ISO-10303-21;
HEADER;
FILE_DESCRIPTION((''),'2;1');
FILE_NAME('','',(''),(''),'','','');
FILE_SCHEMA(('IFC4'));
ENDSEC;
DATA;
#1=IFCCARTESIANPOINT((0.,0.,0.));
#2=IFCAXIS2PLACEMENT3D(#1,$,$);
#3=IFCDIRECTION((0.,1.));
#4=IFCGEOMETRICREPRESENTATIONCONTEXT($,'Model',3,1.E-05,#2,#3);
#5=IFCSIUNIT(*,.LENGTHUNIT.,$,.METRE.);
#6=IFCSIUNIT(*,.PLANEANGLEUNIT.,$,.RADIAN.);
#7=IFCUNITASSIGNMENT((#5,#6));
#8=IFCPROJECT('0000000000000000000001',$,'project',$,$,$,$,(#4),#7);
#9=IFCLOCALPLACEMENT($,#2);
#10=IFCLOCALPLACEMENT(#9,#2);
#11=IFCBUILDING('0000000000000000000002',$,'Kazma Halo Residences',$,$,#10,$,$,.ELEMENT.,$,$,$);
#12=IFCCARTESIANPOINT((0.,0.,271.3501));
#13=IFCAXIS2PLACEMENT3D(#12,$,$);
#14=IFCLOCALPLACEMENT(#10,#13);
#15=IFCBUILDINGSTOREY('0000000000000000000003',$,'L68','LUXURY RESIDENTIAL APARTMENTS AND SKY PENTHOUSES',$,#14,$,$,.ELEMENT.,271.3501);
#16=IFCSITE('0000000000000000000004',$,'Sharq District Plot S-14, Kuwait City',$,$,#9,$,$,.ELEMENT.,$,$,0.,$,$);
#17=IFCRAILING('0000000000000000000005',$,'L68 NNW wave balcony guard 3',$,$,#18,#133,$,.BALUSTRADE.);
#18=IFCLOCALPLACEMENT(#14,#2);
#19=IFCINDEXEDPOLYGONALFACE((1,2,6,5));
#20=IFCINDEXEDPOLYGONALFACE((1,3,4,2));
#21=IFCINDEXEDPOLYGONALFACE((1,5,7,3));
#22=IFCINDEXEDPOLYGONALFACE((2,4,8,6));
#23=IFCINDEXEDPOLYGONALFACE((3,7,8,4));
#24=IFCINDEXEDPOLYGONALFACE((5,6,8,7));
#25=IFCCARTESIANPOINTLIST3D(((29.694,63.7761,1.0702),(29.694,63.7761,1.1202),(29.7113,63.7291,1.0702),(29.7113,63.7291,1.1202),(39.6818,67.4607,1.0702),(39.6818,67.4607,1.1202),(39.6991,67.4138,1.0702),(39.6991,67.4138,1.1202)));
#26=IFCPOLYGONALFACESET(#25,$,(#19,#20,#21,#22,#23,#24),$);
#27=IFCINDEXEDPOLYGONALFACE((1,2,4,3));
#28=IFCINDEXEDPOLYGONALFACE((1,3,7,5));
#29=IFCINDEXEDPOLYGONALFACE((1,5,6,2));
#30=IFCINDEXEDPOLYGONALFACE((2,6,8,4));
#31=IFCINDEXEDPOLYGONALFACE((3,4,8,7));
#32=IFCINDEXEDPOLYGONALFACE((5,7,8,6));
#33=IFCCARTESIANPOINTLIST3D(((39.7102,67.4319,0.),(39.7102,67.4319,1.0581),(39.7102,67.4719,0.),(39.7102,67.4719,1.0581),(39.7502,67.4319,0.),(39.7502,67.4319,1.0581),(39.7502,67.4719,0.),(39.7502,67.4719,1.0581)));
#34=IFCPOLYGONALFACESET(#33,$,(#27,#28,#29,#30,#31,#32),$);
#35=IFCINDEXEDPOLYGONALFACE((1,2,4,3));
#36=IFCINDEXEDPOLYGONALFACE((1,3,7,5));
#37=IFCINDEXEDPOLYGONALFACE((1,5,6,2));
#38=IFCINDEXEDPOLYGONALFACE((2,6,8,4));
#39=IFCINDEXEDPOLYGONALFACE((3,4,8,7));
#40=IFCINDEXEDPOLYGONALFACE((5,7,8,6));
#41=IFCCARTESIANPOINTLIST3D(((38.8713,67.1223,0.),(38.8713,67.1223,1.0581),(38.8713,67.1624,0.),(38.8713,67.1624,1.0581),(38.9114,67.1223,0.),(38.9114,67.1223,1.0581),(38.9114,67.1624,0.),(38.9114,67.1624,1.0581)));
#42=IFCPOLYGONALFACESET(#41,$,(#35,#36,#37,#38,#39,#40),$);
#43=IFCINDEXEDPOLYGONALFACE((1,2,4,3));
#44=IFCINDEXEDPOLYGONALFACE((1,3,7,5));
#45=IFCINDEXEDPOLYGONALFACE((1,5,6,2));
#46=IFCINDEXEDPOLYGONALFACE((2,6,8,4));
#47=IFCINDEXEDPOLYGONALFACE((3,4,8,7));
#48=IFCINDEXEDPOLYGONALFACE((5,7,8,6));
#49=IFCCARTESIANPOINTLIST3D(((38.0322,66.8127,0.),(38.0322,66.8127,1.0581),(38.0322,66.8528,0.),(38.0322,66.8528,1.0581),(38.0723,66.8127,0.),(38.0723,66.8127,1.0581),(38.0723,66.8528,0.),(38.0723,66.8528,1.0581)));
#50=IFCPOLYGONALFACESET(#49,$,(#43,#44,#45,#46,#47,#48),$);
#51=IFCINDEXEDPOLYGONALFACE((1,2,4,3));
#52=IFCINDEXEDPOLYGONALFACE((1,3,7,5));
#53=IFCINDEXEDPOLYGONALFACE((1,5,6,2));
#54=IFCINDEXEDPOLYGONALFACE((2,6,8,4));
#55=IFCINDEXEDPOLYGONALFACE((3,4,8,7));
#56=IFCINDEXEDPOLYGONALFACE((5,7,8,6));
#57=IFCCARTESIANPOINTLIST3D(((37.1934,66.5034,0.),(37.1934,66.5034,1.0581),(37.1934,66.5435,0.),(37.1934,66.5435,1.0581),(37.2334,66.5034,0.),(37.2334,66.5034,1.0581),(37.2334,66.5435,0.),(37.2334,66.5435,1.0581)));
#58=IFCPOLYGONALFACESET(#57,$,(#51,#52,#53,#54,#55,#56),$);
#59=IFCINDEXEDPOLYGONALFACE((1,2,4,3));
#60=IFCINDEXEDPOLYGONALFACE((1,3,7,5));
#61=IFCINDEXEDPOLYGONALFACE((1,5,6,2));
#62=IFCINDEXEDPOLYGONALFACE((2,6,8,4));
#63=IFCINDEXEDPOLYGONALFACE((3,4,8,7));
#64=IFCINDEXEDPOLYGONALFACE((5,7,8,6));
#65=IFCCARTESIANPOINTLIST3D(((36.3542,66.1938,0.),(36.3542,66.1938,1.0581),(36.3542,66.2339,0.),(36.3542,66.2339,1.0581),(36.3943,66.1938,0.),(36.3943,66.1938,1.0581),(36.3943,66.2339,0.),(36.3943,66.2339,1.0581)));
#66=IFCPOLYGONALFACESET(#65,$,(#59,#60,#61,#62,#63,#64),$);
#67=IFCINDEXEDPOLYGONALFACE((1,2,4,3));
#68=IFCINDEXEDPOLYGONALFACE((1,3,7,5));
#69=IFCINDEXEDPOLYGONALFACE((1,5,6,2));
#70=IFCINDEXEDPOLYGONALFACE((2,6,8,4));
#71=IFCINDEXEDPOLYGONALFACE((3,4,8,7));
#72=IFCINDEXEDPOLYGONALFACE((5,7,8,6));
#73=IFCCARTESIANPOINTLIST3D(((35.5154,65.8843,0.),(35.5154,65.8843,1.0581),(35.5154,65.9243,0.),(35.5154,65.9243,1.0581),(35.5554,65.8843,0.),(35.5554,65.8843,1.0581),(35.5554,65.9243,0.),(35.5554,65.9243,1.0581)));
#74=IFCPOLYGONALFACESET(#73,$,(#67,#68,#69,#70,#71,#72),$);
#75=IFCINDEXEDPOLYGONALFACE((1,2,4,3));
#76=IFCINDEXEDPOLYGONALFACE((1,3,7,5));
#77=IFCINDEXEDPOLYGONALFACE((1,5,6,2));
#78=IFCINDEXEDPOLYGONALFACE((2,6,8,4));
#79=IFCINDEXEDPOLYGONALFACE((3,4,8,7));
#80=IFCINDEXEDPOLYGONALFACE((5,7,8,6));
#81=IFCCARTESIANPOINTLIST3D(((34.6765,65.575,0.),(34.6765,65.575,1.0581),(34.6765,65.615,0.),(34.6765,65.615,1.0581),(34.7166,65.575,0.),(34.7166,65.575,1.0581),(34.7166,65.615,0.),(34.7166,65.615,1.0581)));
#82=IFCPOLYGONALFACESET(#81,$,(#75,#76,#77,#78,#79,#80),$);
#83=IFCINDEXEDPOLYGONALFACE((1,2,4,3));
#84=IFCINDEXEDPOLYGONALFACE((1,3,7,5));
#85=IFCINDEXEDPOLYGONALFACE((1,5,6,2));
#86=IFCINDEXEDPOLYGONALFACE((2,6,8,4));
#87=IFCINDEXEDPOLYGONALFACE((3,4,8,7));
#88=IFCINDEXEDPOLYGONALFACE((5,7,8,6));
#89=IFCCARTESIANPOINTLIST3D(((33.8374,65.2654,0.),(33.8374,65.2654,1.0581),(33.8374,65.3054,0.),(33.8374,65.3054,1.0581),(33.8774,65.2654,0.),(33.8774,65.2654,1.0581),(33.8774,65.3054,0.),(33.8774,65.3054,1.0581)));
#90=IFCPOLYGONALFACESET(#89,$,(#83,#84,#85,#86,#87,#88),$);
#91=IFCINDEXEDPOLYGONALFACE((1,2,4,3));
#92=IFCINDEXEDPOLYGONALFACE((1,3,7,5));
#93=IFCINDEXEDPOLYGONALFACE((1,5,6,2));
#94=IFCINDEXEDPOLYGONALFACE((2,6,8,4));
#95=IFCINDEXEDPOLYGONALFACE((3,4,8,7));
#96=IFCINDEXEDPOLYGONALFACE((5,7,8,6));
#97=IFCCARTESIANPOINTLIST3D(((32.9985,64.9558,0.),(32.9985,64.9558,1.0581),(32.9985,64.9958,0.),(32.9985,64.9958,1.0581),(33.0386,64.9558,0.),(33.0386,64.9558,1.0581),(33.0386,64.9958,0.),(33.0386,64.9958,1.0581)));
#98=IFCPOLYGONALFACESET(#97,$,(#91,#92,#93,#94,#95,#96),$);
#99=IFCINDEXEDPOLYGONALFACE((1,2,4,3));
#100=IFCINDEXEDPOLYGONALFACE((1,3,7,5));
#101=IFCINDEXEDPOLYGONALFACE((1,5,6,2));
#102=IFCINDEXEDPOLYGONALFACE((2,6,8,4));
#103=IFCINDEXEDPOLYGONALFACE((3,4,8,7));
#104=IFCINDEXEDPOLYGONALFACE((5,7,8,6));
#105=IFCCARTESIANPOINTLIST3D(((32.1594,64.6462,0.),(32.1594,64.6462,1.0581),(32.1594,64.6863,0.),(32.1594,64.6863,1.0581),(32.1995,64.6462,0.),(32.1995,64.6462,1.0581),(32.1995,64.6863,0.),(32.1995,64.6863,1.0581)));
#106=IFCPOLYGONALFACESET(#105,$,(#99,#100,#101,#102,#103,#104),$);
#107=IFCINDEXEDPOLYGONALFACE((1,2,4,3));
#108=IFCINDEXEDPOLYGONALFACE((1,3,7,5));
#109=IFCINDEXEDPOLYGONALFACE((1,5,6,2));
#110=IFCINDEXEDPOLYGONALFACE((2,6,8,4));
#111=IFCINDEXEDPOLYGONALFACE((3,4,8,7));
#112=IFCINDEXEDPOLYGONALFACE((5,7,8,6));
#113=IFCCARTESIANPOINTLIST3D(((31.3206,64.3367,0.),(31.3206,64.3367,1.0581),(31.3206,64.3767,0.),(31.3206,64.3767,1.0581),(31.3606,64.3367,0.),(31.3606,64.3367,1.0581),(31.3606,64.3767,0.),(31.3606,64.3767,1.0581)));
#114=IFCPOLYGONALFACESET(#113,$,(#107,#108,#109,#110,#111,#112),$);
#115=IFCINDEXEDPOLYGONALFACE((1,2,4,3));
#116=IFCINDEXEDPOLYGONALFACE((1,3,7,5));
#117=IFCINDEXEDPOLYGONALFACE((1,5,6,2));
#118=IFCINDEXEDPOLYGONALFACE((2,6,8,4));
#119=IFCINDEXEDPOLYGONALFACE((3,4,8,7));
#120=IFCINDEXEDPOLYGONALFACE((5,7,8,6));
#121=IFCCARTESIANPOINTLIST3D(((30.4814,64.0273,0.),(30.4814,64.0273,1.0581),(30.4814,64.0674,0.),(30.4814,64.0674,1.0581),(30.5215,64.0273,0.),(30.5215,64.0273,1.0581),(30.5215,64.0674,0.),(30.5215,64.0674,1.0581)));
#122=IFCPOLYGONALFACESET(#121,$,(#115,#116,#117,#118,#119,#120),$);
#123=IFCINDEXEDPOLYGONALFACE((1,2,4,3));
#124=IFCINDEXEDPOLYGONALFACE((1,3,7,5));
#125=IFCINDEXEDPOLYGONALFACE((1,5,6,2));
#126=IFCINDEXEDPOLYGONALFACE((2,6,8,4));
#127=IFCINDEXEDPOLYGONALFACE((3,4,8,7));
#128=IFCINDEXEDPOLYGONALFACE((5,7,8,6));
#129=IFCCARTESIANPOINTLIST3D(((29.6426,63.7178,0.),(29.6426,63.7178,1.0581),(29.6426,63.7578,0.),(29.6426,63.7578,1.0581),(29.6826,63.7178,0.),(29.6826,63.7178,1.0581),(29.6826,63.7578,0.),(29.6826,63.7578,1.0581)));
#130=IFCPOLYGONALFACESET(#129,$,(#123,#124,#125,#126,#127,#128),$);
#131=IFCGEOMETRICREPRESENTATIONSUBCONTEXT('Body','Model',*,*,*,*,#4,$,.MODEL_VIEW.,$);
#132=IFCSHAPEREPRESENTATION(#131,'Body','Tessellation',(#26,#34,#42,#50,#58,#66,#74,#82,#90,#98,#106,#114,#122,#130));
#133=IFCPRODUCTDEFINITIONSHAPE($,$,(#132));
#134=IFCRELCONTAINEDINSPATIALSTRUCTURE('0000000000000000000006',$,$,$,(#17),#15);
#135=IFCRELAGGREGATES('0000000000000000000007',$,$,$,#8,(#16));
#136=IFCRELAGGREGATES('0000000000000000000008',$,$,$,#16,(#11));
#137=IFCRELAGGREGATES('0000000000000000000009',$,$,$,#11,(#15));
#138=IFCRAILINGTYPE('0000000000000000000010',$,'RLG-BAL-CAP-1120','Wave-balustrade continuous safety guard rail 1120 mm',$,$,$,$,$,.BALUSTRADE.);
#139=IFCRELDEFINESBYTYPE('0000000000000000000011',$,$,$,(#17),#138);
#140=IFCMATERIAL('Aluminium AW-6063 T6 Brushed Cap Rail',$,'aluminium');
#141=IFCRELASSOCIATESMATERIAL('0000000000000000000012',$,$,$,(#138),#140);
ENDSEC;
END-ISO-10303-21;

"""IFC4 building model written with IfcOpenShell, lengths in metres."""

from ifc_helpers import new_model, si_unit, direction, frame, origin, origin_2d, place, context, subcontext, project, spatial, rectangle, extrude, material, type_object, element, save


model = new_model("IFC4")

# Units and contexts
model_context = context("Model", 3, precision=1e-05, world=origin(), true_north=direction((0.0, 1.0)))
body_context = subcontext(model_context, "Body", "Model", "MODEL_VIEW")
ifc_project = project(units=[si_unit("LENGTHUNIT", "METRE"), si_unit("PLANEANGLEUNIT", "RADIAN")], contexts=[model_context])

# Site, building, storey
site_placement = place(None, origin())
site = spatial("IfcSite", under=ifc_project, at=site_placement, Name="Sharq District Plot S-14, Kuwait City", CompositionType="ELEMENT", RefElevation=0.0)
building_placement = place(site_placement, origin())
building = spatial("IfcBuilding", under=site, at=building_placement, Name="Kazma Halo Residences", CompositionType="ELEMENT")
storey_placement = place(building_placement, frame((0.0, 0.0, 271.3501)))
storey = spatial("IfcBuildingStorey", under=building, at=storey_placement, Name="L68", Description="LUXURY RESIDENTIAL APARTMENTS AND SKY PENTHOUSES", CompositionType="ELEMENT", Elevation=271.3501)

# Railing
ifc_material_1 = material(Name="Aluminium AW-6063 T6 Brushed Cap Rail", Category="aluminium")
railing_type = type_object("IfcRailingType", Name="RLG-BAL-CAP-1120", Description="Wave-balustrade continuous safety guard rail 1120 mm", PredefinedType="BALUSTRADE", material=ifc_material_1)
railing_placement = place(storey_placement, frame((39.7302, 67.4519, 0.0)))
element("IfcRailing", 1, at=railing_placement, inside=storey, type_object=railing_type, Name="L68 NNW wave balcony guard 3", PredefinedType="BALUSTRADE", context=body_context, shape_type="SweptSolid", body=[
    extrude(rectangle(XDim=0.05, YDim=0.05, at=origin_2d()), frame((-0.0398, -0.0146, 1.0952), z_axis=(-0.938192, -0.346114, 0.0), x_axis=(0.346114, -0.938192, 0.0)), (0.0, 0.0, 1.0), 10.6458),
    extrude(rectangle(XDim=0.04, YDim=0.04, at=origin_2d()), origin(), (0.0, 0.0, 1.0), 1.0581),
    extrude(rectangle(XDim=0.04, YDim=0.04, at=origin_2d()), frame((-0.8389, -0.3096, 0.0)), (0.0, 0.0, 1.0), 1.0581),
    extrude(rectangle(XDim=0.04, YDim=0.04, at=origin_2d()), frame((-1.678, -0.6191, 0.0)), (0.0, 0.0, 1.0), 1.0581),
    extrude(rectangle(XDim=0.04, YDim=0.04, at=origin_2d()), frame((-2.5168, -0.9285, 0.0)), (0.0, 0.0, 1.0), 1.0581),
    extrude(rectangle(XDim=0.04, YDim=0.04, at=origin_2d()), frame((-3.356, -1.238, 0.0)), (0.0, 0.0, 1.0), 1.0581),
    extrude(rectangle(XDim=0.04, YDim=0.04, at=origin_2d()), frame((-4.1948, -1.5476, 0.0)), (0.0, 0.0, 1.0), 1.0581),
    extrude(rectangle(XDim=0.04, YDim=0.04, at=origin_2d()), frame((-5.0337, -1.8569, 0.0)), (0.0, 0.0, 1.0), 1.0581),
    extrude(rectangle(XDim=0.04, YDim=0.04, at=origin_2d()), frame((-5.8728, -2.1665, 0.0)), (0.0, 0.0, 1.0), 1.0581),
    extrude(rectangle(XDim=0.04, YDim=0.04, at=origin_2d()), frame((-6.7117, -2.4761, 0.0)), (0.0, 0.0, 1.0), 1.0581),
    extrude(rectangle(XDim=0.04, YDim=0.04, at=origin_2d()), frame((-7.5508, -2.7856, 0.0)), (0.0, 0.0, 1.0), 1.0581),
    extrude(rectangle(XDim=0.04, YDim=0.04, at=origin_2d()), frame((-8.3896, -3.0952, 0.0)), (0.0, 0.0, 1.0), 1.0581),
    extrude(rectangle(XDim=0.04, YDim=0.04, at=origin_2d()), frame((-9.2288, -3.4045, 0.0)), (0.0, 0.0, 1.0), 1.0581),
    extrude(rectangle(XDim=0.04, YDim=0.04, at=origin_2d()), frame((-10.0676, -3.7141, 0.0)), (0.0, 0.0, 1.0), 1.0581),
])

save(model, "model.ifc")
